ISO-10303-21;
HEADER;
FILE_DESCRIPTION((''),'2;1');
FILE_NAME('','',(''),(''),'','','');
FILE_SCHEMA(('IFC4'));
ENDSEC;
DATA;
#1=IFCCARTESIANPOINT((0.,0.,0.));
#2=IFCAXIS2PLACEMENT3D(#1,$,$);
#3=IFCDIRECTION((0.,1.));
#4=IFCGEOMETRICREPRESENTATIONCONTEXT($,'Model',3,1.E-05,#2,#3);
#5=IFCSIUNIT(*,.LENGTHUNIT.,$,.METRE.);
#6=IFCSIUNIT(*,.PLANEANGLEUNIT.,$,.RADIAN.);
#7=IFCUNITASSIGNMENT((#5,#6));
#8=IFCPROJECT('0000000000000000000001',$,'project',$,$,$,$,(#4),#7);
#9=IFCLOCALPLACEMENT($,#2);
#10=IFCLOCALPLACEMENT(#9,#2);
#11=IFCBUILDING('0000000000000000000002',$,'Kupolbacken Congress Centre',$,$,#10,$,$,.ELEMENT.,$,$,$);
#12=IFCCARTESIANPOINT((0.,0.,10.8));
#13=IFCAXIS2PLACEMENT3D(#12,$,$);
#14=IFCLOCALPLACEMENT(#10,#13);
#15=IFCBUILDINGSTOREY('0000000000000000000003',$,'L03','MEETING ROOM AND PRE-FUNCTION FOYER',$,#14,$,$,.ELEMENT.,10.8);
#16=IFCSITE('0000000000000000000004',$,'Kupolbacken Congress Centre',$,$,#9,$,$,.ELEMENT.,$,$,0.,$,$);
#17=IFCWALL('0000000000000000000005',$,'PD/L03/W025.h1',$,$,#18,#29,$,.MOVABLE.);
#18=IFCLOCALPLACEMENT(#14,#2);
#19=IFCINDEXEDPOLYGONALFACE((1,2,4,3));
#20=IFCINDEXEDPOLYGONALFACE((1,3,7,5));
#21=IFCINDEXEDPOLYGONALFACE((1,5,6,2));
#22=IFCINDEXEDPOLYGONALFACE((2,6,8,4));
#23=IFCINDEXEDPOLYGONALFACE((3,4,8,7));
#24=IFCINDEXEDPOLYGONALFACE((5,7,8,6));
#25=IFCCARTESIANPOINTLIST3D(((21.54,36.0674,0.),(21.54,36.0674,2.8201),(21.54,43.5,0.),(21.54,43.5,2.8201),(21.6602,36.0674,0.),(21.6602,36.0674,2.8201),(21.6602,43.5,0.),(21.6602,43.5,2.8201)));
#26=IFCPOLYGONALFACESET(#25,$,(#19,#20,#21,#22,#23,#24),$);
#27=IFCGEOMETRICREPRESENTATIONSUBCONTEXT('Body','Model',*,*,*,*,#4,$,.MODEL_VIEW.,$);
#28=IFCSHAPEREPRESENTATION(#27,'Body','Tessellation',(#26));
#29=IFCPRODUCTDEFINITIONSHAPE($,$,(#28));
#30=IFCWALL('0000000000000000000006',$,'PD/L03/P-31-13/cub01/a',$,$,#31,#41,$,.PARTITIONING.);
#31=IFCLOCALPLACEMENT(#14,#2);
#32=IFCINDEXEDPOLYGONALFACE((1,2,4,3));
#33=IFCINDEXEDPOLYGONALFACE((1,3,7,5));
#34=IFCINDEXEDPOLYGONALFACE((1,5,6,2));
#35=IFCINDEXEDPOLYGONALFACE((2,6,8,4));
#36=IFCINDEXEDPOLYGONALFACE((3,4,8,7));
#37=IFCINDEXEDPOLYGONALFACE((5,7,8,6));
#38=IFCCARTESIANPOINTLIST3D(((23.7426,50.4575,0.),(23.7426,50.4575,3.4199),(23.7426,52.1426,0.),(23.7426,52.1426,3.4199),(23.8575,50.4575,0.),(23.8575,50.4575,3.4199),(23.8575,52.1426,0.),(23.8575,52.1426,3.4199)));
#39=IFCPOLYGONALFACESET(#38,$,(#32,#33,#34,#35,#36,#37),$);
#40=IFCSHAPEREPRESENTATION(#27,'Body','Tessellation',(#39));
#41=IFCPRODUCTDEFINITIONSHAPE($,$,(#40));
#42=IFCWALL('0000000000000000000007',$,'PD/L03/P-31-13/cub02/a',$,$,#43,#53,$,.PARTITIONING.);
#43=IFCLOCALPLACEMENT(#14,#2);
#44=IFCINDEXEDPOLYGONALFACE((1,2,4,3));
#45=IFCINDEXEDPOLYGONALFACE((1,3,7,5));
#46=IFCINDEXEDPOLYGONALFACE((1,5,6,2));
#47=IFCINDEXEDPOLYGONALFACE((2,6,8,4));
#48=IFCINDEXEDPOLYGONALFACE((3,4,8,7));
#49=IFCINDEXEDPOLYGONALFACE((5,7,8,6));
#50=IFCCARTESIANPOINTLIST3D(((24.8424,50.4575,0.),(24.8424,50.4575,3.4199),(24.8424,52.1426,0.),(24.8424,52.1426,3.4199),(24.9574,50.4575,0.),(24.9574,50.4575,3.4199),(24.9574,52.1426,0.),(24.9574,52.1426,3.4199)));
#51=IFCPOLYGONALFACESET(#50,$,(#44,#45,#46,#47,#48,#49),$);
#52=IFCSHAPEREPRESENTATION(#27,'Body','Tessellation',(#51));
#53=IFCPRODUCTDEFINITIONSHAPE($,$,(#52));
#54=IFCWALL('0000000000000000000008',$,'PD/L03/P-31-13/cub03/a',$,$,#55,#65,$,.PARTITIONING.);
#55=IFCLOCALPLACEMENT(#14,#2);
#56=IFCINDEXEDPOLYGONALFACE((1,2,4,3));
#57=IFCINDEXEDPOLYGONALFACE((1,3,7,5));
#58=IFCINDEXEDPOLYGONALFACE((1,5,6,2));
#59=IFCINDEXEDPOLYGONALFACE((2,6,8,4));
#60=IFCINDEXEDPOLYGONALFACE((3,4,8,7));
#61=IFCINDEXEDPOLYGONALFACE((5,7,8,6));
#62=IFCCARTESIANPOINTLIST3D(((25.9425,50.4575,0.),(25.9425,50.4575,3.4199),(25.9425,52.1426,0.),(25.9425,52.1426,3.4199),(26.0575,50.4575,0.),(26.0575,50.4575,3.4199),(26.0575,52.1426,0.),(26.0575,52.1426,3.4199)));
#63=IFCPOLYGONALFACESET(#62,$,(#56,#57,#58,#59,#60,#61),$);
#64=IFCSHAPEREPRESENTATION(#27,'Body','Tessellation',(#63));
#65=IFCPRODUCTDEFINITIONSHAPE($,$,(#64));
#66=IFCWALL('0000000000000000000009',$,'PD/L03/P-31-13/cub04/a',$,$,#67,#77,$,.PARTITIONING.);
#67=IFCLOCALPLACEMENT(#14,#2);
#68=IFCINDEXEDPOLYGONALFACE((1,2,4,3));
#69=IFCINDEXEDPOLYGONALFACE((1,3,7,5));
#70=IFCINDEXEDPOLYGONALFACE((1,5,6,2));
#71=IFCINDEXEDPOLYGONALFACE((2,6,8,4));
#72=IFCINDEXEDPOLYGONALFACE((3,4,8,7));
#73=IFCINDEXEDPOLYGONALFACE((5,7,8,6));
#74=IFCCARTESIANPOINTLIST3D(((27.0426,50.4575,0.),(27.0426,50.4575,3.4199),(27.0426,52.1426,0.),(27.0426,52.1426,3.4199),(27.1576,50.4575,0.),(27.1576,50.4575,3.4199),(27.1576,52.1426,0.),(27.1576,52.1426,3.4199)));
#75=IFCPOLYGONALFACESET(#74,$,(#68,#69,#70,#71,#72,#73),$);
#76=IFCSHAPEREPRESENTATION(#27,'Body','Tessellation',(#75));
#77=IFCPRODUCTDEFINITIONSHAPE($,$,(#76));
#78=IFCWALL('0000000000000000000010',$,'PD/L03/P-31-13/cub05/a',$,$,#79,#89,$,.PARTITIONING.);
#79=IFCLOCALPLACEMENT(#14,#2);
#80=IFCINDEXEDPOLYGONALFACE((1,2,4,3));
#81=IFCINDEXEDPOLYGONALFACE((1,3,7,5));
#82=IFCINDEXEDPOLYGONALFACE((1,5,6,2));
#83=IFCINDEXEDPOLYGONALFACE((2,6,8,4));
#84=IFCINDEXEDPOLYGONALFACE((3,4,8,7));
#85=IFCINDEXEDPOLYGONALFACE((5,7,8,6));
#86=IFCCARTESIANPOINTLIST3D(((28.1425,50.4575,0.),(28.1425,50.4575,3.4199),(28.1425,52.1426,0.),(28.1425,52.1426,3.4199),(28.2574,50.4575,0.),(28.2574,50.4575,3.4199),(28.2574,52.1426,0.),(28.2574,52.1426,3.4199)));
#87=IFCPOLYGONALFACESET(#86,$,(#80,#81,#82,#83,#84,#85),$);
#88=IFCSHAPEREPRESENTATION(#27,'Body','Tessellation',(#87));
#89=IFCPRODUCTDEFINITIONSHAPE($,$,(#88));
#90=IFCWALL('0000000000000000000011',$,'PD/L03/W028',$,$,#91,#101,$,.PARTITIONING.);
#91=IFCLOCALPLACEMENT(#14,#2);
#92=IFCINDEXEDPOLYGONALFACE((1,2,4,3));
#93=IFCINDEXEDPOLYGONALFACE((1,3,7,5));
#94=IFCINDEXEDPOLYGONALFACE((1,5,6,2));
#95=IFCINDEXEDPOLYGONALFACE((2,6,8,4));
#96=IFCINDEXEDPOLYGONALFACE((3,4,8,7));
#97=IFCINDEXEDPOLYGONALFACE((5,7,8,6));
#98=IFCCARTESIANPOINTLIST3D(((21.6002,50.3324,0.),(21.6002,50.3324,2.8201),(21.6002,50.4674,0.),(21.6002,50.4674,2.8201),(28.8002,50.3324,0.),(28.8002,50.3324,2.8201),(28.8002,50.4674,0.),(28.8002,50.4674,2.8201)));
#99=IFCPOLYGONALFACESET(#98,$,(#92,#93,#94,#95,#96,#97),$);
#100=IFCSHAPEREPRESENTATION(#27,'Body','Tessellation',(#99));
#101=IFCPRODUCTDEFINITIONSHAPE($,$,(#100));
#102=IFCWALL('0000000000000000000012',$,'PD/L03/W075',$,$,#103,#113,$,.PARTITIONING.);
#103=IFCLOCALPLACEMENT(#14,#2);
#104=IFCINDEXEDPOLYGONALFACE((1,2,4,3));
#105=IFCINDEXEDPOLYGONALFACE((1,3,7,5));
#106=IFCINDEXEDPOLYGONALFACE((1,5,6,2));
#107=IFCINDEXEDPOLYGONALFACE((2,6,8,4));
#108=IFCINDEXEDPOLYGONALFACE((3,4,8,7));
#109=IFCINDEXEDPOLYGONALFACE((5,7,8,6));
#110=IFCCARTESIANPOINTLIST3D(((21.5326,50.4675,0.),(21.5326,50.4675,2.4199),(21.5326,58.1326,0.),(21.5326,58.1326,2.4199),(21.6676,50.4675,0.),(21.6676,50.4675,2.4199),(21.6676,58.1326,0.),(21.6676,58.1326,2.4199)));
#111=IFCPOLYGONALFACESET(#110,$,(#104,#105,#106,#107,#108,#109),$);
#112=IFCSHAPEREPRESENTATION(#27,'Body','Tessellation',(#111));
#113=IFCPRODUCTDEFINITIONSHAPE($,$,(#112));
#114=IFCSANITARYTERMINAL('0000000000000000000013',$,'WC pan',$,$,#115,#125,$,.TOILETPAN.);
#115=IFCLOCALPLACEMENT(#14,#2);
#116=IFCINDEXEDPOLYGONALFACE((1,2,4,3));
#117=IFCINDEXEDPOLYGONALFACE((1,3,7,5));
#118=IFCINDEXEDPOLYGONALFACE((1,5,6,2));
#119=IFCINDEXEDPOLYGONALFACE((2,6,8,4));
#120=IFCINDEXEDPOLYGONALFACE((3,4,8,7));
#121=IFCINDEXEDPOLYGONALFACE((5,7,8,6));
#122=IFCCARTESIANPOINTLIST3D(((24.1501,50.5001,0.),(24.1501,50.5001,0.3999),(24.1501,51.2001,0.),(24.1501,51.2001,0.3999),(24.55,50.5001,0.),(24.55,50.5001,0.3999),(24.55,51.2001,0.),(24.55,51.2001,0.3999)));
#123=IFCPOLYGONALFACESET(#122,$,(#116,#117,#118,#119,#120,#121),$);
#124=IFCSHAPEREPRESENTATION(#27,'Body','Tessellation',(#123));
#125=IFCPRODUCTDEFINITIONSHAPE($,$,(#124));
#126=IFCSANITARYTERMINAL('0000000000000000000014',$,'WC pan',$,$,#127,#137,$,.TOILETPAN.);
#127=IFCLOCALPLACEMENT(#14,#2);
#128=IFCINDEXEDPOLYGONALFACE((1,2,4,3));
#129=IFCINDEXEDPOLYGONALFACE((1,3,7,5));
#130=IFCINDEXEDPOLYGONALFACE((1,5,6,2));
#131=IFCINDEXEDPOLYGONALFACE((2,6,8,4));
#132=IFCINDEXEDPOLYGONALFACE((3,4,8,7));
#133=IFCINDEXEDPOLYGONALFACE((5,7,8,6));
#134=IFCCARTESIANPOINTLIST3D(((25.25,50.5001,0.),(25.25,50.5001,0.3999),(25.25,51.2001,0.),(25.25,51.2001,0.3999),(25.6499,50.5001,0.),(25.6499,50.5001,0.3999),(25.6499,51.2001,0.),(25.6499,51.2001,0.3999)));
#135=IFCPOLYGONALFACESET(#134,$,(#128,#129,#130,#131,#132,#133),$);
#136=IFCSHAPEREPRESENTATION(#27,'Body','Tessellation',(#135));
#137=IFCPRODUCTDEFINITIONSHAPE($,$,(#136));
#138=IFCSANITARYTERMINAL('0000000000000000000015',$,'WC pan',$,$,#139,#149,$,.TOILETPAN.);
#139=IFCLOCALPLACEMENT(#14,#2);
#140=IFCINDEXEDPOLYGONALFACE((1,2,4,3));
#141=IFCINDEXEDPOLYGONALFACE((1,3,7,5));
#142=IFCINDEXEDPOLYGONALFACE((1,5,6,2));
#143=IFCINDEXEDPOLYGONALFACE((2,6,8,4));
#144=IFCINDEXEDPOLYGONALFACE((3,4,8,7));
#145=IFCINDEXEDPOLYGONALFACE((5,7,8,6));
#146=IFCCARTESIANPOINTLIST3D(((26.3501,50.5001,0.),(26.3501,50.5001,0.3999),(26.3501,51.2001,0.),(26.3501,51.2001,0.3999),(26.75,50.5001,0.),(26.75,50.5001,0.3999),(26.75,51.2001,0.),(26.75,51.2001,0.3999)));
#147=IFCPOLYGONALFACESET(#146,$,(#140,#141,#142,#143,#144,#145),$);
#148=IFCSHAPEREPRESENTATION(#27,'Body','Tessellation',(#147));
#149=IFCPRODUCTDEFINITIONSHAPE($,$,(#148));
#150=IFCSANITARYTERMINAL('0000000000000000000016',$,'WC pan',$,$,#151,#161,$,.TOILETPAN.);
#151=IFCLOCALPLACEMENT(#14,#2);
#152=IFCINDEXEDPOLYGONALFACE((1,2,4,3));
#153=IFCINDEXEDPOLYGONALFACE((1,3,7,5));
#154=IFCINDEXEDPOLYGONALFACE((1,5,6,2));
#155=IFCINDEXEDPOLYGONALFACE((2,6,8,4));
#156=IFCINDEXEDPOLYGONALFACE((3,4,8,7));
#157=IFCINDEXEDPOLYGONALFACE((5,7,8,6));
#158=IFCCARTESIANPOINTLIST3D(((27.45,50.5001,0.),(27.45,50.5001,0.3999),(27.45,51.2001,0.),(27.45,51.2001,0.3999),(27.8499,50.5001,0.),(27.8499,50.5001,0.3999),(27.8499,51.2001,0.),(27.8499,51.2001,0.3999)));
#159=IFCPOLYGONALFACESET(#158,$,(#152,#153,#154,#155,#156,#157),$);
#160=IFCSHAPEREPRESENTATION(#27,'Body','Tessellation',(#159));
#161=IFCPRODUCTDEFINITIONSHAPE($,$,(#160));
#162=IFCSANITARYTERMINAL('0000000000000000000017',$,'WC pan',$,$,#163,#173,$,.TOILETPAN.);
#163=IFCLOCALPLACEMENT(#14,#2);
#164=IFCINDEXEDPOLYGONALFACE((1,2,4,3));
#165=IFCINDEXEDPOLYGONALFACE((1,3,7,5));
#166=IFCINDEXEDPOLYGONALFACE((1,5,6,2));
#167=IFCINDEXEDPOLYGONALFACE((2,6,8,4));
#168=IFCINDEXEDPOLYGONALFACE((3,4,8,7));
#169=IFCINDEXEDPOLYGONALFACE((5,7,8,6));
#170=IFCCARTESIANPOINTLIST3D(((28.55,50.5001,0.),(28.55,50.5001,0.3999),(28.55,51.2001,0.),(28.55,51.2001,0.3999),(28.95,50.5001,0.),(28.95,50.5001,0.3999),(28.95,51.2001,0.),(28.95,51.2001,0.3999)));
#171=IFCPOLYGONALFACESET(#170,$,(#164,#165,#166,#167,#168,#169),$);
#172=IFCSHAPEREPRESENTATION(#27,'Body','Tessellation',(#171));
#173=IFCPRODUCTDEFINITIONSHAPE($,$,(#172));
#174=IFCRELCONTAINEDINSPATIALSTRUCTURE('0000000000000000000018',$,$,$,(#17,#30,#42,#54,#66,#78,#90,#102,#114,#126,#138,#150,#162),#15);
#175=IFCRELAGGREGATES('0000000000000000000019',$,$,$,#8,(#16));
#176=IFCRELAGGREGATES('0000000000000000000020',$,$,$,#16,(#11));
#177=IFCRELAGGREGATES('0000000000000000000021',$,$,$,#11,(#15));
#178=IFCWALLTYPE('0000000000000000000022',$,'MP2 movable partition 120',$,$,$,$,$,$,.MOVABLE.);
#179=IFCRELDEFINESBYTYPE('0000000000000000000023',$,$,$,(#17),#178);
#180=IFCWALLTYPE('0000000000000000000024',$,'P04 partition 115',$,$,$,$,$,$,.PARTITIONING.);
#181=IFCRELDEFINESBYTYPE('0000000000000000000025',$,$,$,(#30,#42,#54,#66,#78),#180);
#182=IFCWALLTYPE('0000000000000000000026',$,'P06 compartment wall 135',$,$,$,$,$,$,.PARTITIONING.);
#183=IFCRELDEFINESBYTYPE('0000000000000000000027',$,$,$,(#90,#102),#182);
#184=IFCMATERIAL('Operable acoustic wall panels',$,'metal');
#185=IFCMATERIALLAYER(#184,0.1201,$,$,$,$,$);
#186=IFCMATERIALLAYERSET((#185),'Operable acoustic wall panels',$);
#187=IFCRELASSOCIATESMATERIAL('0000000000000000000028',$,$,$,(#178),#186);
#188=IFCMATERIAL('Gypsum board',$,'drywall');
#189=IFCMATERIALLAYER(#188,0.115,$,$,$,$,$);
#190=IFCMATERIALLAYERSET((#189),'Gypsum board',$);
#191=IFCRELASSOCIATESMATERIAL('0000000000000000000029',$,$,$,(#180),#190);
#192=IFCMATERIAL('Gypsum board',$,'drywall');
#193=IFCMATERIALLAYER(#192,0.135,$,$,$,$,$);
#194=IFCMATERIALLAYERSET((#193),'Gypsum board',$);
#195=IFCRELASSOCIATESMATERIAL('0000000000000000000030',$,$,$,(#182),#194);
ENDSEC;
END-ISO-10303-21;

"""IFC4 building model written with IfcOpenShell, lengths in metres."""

from ifc_helpers import new_model, si_unit, direction, frame, frame_2d, origin, origin_2d, place, context, subcontext, project, spatial, rectangle, extrude, material, layer, layer_set, type_object, element, save


model = new_model("IFC4")

# Units and contexts
model_context = context("Model", 3, precision=1e-05, world=origin(), true_north=direction((0.0, 1.0)))
body_context = subcontext(model_context, "Body", "Model", "MODEL_VIEW")
ifc_project = project(units=[si_unit("LENGTHUNIT", "METRE"), si_unit("PLANEANGLEUNIT", "RADIAN")], contexts=[model_context])

# Site, building, storey
site_placement = place(None, origin())
site = spatial("IfcSite", under=ifc_project, at=site_placement, Name="Kupolbacken Congress Centre", CompositionType="ELEMENT", RefElevation=0.0)
building_placement = place(site_placement, origin())
building = spatial("IfcBuilding", under=site, at=building_placement, Name="Kupolbacken Congress Centre", CompositionType="ELEMENT")
storey_placement = place(building_placement, frame((0.0, 0.0, 10.8)))
storey = spatial("IfcBuildingStorey", under=building, at=storey_placement, Name="L03", Description="MEETING ROOM AND PRE-FUNCTION FOYER", CompositionType="ELEMENT", Elevation=10.8)

# Walls
ifc_material_1 = material(Name="Operable acoustic wall panels", Category="metal")
ifc_layer_1 = layer(ifc_material_1, 0.1201)
ifc_layer_set_1 = layer_set([ifc_layer_1], Name="Operable acoustic wall panels")
wall_type_1 = type_object("IfcWallType", Name="MP2 movable partition 120", PredefinedType="MOVABLE", material=ifc_layer_set_1)
wall_1_placement = place(storey_placement, frame((21.6001, 43.5, 0.0), z_axis=(0.0, 0.0, 1.0), x_axis=(0.0, -1.0, 0.0)))
element("IfcWall", 1, at=wall_1_placement, inside=storey, type_object=wall_type_1, Name="PD/L03/W025.h1", PredefinedType="MOVABLE", context=body_context, shape_type="SweptSolid", body=[
    extrude(rectangle(XDim=7.4326, YDim=0.1201, at=frame_2d((3.7163, 0.0))), origin(), (0.0, 0.0, 1.0), 2.8201),
])
ifc_material_2 = material(Name="Gypsum board", Category="drywall")
ifc_layer_2 = layer(ifc_material_2, 0.115)
ifc_layer_set_2 = layer_set([ifc_layer_2], Name="Gypsum board")
wall_type_2 = type_object("IfcWallType", Name="P04 partition 115", PredefinedType="PARTITIONING", material=ifc_layer_set_2)
for number, where, z_axis, x_axis, name in (
    (2, (23.8, 50.4575, 0.0), (0.0, 0.0, 1.0), (0.0, 1.0, 0.0), "PD/L03/P-31-13/cub01/a"),
    (3, (24.8999, 50.4575, 0.0), (0.0, 0.0, 1.0), (0.0, 1.0, 0.0), "PD/L03/P-31-13/cub02/a"),
    (4, (26.0, 50.4575, 0.0), (0.0, 0.0, 1.0), (0.0, 1.0, 0.0), "PD/L03/P-31-13/cub03/a"),
    (5, (27.1001, 50.4575, 0.0), (0.0, 0.0, 1.0), (0.0, 1.0, 0.0), "PD/L03/P-31-13/cub04/a"),
    (6, (28.2, 50.4575, 0.0), (0.0, 0.0, 1.0), (0.0, 1.0, 0.0), "PD/L03/P-31-13/cub05/a"),
):
    element("IfcWall", number, at=place(storey_placement, frame(where, z_axis=z_axis, x_axis=x_axis)), inside=storey, type_object=wall_type_2, Name=name, PredefinedType="PARTITIONING", context=body_context, shape_type="SweptSolid", body=[
        extrude(rectangle(XDim=1.6851, YDim=0.115, at=frame_2d((0.8425, 0.0))), origin(), (0.0, 0.0, 1.0), 3.4199),
    ])
ifc_material_3 = material(Name="Gypsum board", Category="drywall")
ifc_layer_3 = layer(ifc_material_3, 0.135)
ifc_layer_set_3 = layer_set([ifc_layer_3], Name="Gypsum board")
wall_type_3 = type_object("IfcWallType", Name="P06 compartment wall 135", PredefinedType="PARTITIONING", material=ifc_layer_set_3)
wall_2_placement = place(storey_placement, frame((21.6001, 50.3999, 0.0), z_axis=(0.0, 0.0, 1.0), x_axis=(1.0, 0.0, 0.0)))
element("IfcWall", 7, at=wall_2_placement, inside=storey, type_object=wall_type_3, Name="PD/L03/W028", PredefinedType="PARTITIONING", context=body_context, shape_type="SweptSolid", body=[
    extrude(rectangle(XDim=7.2, YDim=0.135, at=frame_2d((3.6001, 0.0))), origin(), (0.0, 0.0, 1.0), 2.8201),
])
wall_3_placement = place(storey_placement, frame((21.6001, 50.4675, 0.0), z_axis=(0.0, 0.0, 1.0), x_axis=(0.0, 1.0, 0.0)))
element("IfcWall", 8, at=wall_3_placement, inside=storey, type_object=wall_type_3, Name="PD/L03/W075", PredefinedType="PARTITIONING", context=body_context, shape_type="SweptSolid", body=[
    extrude(rectangle(XDim=7.665, YDim=0.135, at=frame_2d((3.8325, 0.0))), origin(), (0.0, 0.0, 1.0), 2.4199),
])

# Sanitary terminals
for number, where, z_axis, x_axis, name in (
    (9, (24.3501, 50.8501, 0.0), (0.0, 0.0, 1.0), (1.0, 0.0, 0.0), "WC pan"),
    (10, (25.45, 50.8501, 0.0), (0.0, 0.0, 1.0), (1.0, 0.0, 0.0), "WC pan"),
    (11, (26.55, 50.8501, 0.0), (0.0, 0.0, 1.0), (1.0, 0.0, 0.0), "WC pan"),
    (12, (27.6499, 50.8501, 0.0), (0.0, 0.0, 1.0), (1.0, 0.0, 0.0), "WC pan"),
    (13, (28.75, 50.8501, 0.0), (0.0, 0.0, 1.0), (1.0, 0.0, 0.0), "WC pan"),
):
    element("IfcSanitaryTerminal", number, at=place(storey_placement, frame(where, z_axis=z_axis, x_axis=x_axis)), inside=storey, Name=name, PredefinedType="TOILETPAN", context=body_context, shape_type="SweptSolid", body=[
        extrude(rectangle(XDim=0.3999, YDim=0.7, at=origin_2d()), origin(), (0.0, 0.0, 1.0), 0.3999),
    ])

save(model, "model.ifc")
